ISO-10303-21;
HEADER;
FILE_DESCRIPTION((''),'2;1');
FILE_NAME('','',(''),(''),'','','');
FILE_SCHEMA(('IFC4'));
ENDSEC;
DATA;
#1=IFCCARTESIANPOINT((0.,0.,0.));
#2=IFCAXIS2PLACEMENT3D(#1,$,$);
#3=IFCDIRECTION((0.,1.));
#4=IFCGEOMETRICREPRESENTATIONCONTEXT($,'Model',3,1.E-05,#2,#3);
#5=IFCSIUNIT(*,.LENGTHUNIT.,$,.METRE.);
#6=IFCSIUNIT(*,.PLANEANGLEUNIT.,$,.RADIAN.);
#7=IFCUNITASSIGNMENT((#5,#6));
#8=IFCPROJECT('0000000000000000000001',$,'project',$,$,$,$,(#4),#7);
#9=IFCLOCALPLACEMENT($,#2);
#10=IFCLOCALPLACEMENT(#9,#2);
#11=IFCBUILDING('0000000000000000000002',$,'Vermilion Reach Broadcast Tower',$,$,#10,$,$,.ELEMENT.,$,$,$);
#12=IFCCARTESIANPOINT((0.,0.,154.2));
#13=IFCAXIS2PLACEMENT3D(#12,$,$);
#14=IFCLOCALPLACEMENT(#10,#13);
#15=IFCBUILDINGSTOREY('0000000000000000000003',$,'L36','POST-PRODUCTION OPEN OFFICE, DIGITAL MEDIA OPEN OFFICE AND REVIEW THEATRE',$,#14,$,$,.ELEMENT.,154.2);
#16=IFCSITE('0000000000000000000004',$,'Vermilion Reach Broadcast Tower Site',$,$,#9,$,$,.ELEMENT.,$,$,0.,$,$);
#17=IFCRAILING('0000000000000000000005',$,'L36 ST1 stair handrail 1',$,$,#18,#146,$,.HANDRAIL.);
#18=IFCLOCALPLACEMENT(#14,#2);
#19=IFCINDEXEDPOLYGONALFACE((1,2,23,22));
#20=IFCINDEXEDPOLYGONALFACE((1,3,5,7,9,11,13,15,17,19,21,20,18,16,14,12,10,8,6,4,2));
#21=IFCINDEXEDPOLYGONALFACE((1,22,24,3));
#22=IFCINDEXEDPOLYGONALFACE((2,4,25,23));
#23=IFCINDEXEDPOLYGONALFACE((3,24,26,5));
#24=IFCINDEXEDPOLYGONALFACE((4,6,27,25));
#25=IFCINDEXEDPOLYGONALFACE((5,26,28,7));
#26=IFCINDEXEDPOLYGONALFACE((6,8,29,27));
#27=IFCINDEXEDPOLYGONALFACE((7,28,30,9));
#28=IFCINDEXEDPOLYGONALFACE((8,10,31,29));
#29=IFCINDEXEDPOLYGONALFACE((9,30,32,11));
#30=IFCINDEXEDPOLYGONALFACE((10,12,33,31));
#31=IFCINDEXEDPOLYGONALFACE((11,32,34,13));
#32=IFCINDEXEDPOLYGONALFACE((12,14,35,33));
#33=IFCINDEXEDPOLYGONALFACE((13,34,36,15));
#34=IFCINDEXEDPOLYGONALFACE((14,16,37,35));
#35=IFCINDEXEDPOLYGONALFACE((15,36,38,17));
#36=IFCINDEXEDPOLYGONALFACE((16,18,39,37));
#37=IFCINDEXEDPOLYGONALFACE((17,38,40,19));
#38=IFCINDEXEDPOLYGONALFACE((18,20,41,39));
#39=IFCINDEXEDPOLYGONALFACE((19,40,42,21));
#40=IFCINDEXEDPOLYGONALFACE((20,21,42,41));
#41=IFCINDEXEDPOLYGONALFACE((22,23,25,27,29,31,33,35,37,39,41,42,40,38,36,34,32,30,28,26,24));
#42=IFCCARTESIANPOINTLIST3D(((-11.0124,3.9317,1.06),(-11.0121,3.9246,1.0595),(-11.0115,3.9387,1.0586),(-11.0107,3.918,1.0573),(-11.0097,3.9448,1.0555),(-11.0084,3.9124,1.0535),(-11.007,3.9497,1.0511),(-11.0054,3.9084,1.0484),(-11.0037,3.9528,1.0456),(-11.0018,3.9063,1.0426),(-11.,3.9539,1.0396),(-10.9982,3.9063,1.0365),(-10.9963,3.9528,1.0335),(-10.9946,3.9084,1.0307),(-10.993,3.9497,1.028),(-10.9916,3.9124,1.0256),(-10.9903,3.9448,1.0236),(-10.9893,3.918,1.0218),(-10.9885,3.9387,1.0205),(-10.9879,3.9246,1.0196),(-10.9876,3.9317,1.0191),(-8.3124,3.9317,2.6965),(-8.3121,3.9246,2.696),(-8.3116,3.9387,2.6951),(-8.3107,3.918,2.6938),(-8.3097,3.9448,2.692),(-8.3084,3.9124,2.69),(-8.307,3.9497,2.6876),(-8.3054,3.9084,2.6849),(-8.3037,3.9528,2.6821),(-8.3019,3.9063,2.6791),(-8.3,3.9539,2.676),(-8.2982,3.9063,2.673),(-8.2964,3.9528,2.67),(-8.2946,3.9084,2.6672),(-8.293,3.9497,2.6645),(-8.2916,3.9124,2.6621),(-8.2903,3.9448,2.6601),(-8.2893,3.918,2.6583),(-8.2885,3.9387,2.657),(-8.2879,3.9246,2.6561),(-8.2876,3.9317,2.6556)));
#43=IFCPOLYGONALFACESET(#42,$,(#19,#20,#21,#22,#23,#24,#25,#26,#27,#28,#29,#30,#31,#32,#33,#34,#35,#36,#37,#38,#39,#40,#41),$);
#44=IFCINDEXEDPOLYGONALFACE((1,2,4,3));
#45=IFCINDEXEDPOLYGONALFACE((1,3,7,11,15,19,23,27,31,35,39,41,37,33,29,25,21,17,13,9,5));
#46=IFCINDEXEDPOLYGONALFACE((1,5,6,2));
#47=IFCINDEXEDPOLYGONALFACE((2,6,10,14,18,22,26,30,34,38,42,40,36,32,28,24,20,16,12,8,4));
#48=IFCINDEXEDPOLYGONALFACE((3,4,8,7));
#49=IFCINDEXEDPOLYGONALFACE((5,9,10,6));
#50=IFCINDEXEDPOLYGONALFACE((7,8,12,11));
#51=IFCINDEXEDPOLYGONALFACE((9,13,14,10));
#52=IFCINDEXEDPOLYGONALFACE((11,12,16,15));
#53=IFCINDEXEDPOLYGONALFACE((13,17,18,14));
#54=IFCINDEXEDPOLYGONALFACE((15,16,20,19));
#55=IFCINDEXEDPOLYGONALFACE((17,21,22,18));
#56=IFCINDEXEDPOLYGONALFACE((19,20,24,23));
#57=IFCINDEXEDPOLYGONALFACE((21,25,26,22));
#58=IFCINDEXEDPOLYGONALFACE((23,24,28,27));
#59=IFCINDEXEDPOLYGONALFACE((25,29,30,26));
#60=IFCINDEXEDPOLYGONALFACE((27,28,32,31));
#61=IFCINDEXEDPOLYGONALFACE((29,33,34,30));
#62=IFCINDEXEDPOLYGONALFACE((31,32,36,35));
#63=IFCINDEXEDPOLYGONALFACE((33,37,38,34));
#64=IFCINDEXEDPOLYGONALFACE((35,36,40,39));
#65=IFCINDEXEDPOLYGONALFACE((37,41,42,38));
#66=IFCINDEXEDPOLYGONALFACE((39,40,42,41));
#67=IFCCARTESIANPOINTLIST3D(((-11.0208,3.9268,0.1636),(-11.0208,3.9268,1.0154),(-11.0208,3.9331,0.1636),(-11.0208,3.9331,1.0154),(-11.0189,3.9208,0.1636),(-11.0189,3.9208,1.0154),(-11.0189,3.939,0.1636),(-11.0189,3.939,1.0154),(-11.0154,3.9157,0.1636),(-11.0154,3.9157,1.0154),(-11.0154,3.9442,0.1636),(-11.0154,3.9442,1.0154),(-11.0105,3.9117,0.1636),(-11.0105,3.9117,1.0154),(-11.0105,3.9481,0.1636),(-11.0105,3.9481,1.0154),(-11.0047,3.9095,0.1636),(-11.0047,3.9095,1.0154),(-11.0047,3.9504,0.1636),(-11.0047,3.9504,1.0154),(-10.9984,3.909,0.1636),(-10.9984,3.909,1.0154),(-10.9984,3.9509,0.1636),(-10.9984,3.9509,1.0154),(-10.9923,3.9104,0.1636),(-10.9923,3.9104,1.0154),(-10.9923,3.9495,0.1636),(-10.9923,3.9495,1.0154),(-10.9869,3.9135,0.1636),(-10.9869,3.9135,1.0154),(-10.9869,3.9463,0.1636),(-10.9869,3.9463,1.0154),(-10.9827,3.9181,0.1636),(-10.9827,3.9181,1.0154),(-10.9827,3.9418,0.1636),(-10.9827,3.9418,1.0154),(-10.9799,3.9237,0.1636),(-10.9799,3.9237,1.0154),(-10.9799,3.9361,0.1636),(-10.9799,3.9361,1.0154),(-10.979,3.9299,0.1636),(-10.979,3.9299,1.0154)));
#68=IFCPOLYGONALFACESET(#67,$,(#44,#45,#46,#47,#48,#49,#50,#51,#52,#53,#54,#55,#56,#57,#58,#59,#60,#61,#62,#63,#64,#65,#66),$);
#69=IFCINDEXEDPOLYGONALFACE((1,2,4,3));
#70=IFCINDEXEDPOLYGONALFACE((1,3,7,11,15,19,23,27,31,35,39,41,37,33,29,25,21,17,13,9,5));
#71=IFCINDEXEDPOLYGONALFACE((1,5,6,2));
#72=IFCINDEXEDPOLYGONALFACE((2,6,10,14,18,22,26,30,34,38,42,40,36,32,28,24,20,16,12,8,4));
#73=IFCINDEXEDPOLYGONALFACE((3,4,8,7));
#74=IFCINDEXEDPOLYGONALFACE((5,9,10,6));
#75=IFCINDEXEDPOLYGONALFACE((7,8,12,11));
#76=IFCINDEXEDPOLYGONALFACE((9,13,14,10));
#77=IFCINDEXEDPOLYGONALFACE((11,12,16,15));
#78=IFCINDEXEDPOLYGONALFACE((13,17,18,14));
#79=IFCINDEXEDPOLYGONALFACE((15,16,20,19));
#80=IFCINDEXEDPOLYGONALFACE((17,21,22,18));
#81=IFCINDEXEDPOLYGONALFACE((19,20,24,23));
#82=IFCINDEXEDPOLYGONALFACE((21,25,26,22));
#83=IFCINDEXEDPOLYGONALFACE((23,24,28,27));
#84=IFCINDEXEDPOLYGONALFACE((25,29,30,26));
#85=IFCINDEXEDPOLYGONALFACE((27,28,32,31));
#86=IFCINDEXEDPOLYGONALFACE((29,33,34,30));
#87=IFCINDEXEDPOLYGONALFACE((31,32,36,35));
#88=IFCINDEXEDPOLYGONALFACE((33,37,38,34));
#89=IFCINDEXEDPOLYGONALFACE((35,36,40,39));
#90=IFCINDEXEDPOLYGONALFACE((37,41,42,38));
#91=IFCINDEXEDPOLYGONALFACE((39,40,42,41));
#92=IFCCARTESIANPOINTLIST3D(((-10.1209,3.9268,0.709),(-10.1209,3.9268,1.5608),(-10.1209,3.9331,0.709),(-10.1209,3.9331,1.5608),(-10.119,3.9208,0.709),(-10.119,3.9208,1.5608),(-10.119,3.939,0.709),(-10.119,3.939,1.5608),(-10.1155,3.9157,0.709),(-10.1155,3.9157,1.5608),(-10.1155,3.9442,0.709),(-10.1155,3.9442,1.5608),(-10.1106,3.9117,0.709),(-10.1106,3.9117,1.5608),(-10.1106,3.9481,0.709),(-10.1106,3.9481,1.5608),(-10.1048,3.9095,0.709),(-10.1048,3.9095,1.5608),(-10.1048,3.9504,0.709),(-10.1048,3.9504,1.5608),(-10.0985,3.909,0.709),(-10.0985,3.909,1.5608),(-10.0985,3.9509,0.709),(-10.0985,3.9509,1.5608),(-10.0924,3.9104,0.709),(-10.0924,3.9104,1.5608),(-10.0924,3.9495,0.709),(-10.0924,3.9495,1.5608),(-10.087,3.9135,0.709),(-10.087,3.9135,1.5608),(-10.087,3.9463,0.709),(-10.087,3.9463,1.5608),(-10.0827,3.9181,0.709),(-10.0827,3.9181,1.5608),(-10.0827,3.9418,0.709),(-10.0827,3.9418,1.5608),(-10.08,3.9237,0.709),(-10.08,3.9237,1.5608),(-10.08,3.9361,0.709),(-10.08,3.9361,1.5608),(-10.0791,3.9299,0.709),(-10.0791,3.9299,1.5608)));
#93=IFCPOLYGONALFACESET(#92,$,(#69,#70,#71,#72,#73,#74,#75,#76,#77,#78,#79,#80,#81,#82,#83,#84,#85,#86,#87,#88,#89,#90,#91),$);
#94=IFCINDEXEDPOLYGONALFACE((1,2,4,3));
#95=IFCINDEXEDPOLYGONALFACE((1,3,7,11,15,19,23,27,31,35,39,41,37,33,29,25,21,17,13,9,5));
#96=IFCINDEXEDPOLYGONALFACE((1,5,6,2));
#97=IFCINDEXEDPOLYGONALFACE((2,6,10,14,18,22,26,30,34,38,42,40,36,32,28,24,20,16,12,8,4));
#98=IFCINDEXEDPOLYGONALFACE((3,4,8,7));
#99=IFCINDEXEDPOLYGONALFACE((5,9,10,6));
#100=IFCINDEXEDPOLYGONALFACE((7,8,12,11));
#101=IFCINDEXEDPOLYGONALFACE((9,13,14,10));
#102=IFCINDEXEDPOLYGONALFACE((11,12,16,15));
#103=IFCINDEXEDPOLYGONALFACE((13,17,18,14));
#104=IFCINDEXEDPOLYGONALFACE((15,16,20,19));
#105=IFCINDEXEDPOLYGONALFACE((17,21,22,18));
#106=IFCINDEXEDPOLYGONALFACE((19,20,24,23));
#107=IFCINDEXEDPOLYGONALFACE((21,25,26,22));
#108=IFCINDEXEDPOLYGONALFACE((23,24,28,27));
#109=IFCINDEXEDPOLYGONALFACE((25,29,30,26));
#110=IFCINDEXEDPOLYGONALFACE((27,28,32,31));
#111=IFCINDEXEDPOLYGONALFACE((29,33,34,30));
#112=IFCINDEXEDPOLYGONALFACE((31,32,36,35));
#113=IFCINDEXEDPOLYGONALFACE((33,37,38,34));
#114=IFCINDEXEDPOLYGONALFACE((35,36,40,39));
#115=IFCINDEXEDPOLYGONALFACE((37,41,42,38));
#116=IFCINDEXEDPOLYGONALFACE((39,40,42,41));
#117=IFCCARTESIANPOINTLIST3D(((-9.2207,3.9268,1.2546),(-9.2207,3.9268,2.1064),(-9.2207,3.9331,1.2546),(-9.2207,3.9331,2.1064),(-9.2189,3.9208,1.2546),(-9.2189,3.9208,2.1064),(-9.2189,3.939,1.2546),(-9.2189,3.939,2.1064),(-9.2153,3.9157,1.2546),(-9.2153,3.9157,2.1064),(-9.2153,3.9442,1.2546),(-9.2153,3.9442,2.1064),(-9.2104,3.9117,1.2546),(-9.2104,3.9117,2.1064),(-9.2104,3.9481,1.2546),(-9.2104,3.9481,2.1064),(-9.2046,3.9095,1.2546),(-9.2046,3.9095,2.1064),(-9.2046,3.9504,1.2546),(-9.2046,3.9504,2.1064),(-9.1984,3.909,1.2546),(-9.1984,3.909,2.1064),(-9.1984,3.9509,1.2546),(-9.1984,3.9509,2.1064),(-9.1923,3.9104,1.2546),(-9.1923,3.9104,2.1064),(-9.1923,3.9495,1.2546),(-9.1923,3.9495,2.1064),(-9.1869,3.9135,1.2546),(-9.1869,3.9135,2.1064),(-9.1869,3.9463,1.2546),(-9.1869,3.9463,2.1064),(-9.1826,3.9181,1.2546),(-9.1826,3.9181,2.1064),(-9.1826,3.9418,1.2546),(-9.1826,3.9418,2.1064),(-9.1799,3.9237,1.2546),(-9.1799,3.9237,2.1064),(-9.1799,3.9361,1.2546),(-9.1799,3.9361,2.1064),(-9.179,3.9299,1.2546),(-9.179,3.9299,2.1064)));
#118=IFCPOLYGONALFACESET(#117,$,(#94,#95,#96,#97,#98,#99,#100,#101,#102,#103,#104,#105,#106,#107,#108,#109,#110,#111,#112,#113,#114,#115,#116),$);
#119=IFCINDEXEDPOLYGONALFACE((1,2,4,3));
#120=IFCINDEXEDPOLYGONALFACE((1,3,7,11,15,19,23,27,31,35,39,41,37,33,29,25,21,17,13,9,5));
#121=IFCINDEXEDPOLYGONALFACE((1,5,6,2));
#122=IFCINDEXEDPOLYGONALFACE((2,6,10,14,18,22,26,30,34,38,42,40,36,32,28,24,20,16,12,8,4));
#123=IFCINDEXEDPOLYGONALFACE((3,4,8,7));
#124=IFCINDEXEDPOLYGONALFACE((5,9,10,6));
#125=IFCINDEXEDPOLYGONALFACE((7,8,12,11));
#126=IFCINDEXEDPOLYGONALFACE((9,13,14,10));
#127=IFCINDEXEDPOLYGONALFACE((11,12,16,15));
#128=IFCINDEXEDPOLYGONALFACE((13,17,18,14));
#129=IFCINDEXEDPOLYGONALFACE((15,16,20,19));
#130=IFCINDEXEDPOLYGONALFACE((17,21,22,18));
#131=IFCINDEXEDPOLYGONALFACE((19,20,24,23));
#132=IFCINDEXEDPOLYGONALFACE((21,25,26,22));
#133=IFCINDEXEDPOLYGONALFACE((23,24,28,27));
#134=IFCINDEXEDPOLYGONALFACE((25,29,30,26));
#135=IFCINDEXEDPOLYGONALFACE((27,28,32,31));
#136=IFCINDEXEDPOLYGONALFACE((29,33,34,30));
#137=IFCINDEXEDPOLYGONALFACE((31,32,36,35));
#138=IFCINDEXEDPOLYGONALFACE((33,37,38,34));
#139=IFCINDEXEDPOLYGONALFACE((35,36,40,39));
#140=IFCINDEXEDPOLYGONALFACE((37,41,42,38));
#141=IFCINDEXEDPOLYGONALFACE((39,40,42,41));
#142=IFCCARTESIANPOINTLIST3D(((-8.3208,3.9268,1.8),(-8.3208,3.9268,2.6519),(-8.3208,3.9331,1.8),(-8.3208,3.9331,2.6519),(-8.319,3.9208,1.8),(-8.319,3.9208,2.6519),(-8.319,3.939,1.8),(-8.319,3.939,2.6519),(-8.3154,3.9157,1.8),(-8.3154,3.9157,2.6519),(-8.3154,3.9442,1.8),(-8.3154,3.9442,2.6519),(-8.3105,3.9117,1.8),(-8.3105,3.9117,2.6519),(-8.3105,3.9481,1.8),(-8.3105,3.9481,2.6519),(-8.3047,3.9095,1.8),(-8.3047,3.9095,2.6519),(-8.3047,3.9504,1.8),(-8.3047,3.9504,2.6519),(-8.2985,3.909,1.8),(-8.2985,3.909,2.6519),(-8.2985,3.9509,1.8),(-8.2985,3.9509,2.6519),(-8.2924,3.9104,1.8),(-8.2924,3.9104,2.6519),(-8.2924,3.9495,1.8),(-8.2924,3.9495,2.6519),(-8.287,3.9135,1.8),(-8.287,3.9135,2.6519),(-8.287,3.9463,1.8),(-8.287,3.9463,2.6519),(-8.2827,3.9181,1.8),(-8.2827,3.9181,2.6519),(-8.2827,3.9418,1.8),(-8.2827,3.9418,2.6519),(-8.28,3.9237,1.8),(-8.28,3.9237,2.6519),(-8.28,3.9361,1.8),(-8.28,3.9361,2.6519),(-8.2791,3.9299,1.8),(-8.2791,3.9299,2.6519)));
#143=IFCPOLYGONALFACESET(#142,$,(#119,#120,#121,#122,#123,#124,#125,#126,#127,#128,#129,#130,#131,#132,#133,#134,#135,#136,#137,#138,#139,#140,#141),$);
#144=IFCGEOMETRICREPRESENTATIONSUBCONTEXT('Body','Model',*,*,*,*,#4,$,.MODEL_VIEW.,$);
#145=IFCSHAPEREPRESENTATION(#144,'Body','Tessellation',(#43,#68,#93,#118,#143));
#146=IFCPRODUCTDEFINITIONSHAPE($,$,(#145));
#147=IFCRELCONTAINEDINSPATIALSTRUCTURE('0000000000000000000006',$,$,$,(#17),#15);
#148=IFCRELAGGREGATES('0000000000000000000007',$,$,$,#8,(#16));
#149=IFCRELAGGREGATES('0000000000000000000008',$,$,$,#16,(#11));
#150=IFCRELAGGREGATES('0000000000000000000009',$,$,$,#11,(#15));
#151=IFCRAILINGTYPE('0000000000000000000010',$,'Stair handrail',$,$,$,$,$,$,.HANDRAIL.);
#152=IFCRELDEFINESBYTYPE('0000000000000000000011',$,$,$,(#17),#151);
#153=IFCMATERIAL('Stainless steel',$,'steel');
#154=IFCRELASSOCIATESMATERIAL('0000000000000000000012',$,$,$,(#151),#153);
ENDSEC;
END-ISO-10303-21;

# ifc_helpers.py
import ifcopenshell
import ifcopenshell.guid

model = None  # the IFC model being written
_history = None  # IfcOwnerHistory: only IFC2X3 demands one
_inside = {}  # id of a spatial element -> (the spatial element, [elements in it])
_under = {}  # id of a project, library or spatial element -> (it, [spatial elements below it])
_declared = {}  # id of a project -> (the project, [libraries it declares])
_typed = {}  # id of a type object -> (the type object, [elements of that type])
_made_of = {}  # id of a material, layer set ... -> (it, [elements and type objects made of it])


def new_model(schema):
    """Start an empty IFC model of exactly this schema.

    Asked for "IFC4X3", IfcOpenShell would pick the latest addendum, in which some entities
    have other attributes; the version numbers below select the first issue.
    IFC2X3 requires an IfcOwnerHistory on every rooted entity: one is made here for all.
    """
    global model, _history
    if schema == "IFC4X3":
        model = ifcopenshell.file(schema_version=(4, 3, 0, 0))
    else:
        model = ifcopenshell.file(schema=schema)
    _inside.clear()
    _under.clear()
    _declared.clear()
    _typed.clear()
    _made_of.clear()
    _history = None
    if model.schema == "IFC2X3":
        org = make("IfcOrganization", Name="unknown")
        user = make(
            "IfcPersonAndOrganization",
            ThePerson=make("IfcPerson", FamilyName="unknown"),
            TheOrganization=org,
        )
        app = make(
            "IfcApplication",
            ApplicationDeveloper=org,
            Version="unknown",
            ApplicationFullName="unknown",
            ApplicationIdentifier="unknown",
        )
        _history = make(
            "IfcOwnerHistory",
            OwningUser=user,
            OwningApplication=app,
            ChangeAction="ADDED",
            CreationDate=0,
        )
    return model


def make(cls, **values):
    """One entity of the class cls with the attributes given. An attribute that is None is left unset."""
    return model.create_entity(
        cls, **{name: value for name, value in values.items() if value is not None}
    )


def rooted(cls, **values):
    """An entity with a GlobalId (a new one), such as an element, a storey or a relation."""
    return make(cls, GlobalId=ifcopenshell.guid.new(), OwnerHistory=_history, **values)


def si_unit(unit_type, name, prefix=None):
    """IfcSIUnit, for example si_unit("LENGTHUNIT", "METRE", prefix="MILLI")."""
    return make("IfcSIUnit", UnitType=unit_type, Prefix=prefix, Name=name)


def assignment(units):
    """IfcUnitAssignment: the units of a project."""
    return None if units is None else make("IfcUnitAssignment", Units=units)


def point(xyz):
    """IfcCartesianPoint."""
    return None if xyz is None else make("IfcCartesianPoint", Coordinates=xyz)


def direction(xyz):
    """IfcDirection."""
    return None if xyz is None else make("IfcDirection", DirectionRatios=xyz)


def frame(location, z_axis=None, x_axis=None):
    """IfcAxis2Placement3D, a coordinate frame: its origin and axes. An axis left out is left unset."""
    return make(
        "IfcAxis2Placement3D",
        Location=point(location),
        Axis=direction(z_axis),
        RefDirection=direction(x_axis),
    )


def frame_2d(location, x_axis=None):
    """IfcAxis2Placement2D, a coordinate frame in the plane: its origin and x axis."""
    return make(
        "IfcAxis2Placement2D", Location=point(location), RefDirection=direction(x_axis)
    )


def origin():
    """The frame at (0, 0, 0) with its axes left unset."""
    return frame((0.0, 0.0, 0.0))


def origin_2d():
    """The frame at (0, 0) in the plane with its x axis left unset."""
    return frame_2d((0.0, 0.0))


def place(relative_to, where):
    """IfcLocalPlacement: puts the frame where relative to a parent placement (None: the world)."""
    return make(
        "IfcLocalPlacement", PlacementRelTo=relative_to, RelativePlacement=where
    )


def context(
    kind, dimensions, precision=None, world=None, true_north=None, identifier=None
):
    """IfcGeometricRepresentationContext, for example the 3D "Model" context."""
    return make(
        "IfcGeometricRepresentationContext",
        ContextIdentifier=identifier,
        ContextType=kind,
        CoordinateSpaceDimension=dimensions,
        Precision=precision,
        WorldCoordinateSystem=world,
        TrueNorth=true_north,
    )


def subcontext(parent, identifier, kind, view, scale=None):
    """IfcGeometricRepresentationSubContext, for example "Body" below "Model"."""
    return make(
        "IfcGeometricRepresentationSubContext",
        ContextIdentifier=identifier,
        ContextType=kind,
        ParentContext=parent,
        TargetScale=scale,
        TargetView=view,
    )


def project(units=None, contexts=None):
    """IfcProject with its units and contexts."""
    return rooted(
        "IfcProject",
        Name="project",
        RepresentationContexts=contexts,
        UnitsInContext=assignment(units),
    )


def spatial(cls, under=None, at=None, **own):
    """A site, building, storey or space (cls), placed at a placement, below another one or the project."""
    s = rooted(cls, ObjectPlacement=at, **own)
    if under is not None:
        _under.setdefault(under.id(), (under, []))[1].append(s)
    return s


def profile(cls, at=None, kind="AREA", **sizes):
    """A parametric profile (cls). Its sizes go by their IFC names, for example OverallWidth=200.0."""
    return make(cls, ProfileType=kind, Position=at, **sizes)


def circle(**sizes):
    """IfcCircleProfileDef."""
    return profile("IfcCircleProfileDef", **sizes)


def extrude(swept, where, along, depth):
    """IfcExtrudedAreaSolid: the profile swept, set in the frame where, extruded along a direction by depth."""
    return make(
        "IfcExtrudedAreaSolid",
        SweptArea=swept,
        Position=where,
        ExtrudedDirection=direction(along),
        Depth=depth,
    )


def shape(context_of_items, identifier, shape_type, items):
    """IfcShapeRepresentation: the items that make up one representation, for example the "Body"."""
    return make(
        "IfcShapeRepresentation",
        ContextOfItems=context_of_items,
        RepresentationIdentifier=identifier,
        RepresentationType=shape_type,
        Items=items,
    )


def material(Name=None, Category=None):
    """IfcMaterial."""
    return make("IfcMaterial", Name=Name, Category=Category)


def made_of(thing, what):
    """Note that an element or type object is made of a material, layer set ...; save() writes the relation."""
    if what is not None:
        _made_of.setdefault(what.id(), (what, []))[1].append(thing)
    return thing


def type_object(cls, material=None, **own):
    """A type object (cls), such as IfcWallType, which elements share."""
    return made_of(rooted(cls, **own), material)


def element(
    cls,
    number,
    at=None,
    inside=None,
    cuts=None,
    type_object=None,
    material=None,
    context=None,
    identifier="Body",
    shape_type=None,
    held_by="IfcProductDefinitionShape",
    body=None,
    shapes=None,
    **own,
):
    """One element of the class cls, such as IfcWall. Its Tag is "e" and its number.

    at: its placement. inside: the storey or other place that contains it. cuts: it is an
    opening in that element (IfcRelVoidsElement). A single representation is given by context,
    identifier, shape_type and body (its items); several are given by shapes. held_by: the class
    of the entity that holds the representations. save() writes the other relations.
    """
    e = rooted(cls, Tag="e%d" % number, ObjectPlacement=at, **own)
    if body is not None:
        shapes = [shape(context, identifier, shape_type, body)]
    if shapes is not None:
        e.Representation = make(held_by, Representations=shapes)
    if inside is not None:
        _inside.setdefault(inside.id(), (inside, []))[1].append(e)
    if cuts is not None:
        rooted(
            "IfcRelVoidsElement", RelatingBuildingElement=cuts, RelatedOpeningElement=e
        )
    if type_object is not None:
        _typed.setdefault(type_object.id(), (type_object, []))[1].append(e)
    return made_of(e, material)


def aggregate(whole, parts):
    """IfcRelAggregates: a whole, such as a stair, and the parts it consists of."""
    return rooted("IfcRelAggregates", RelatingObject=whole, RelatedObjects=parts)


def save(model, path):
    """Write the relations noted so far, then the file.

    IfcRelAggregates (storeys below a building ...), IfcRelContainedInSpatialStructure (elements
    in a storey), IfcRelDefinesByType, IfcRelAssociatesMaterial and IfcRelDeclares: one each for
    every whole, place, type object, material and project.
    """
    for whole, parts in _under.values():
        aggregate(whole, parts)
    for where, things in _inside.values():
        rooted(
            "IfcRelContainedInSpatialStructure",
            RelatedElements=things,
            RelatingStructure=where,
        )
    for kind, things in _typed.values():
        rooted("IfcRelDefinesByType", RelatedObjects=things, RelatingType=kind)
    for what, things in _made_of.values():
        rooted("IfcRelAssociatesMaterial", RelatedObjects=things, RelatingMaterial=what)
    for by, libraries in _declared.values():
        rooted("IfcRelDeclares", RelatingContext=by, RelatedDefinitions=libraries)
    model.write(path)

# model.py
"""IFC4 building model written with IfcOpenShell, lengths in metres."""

from ifc_helpers import new_model, si_unit, direction, frame, origin, origin_2d, place, context, subcontext, project, spatial, circle, extrude, material, type_object, element, save


model = new_model("IFC4")

# Units and contexts
model_context = context("Model", 3, precision=1e-05, world=origin(), true_north=direction((0.0, 1.0)))
body_context = subcontext(model_context, "Body", "Model", "MODEL_VIEW")
ifc_project = project(units=[si_unit("LENGTHUNIT", "METRE"), si_unit("PLANEANGLEUNIT", "RADIAN")], contexts=[model_context])

# Site, building, storey
site_placement = place(None, origin())
site = spatial("IfcSite", under=ifc_project, at=site_placement, Name="Vermilion Reach Broadcast Tower Site", CompositionType="ELEMENT", RefElevation=0.0)
building_placement = place(site_placement, origin())
building = spatial("IfcBuilding", under=site, at=building_placement, Name="Vermilion Reach Broadcast Tower", CompositionType="ELEMENT")
storey_placement = place(building_placement, frame((0.0, 0.0, 154.2)))
storey = spatial("IfcBuildingStorey", under=building, at=storey_placement, Name="L36", Description="POST-PRODUCTION OPEN OFFICE, DIGITAL MEDIA OPEN OFFICE AND REVIEW THEATRE", CompositionType="ELEMENT", Elevation=154.2)

# Railing
ifc_material_1 = material(Name="Stainless steel", Category="steel")
railing_type_1 = type_object("IfcRailingType", Name="Stair handrail", PredefinedType="HANDRAIL", material=ifc_material_1)
railing_1_placement = place(storey_placement, frame((-11.0, 3.9299, 0.1636)))
element("IfcRailing", 1, at=railing_1_placement, inside=storey, type_object=railing_type_1, Name="L36 ST1 stair handrail 1", PredefinedType="HANDRAIL", context=body_context, shape_type="SweptSolid", body=[
    extrude(circle(Radius=0.0239, at=origin_2d()), frame((0.0, 0.0, 0.876), z_axis=(0.855178, 0.0, 0.518334), x_axis=(0.0, 1.0, 0.0)), (0.0, 0.0, 1.0), 3.1572),
    extrude(circle(Radius=0.021, at=origin_2d()), origin(), (0.0, 0.0, 1.0), 0.8518),
    extrude(circle(Radius=0.021, at=origin_2d()), frame((0.8999, 0.0, 0.5454)), (0.0, 0.0, 1.0), 0.8518),
    extrude(circle(Radius=0.021, at=origin_2d()), frame((1.8, 0.0, 1.0911)), (0.0, 0.0, 1.0), 0.8518),
    extrude(circle(Radius=0.021, at=origin_2d()), frame((2.7, 0.0, 1.6365)), (0.0, 0.0, 1.0), 0.8518),
])

save(model, "model.ifc")
